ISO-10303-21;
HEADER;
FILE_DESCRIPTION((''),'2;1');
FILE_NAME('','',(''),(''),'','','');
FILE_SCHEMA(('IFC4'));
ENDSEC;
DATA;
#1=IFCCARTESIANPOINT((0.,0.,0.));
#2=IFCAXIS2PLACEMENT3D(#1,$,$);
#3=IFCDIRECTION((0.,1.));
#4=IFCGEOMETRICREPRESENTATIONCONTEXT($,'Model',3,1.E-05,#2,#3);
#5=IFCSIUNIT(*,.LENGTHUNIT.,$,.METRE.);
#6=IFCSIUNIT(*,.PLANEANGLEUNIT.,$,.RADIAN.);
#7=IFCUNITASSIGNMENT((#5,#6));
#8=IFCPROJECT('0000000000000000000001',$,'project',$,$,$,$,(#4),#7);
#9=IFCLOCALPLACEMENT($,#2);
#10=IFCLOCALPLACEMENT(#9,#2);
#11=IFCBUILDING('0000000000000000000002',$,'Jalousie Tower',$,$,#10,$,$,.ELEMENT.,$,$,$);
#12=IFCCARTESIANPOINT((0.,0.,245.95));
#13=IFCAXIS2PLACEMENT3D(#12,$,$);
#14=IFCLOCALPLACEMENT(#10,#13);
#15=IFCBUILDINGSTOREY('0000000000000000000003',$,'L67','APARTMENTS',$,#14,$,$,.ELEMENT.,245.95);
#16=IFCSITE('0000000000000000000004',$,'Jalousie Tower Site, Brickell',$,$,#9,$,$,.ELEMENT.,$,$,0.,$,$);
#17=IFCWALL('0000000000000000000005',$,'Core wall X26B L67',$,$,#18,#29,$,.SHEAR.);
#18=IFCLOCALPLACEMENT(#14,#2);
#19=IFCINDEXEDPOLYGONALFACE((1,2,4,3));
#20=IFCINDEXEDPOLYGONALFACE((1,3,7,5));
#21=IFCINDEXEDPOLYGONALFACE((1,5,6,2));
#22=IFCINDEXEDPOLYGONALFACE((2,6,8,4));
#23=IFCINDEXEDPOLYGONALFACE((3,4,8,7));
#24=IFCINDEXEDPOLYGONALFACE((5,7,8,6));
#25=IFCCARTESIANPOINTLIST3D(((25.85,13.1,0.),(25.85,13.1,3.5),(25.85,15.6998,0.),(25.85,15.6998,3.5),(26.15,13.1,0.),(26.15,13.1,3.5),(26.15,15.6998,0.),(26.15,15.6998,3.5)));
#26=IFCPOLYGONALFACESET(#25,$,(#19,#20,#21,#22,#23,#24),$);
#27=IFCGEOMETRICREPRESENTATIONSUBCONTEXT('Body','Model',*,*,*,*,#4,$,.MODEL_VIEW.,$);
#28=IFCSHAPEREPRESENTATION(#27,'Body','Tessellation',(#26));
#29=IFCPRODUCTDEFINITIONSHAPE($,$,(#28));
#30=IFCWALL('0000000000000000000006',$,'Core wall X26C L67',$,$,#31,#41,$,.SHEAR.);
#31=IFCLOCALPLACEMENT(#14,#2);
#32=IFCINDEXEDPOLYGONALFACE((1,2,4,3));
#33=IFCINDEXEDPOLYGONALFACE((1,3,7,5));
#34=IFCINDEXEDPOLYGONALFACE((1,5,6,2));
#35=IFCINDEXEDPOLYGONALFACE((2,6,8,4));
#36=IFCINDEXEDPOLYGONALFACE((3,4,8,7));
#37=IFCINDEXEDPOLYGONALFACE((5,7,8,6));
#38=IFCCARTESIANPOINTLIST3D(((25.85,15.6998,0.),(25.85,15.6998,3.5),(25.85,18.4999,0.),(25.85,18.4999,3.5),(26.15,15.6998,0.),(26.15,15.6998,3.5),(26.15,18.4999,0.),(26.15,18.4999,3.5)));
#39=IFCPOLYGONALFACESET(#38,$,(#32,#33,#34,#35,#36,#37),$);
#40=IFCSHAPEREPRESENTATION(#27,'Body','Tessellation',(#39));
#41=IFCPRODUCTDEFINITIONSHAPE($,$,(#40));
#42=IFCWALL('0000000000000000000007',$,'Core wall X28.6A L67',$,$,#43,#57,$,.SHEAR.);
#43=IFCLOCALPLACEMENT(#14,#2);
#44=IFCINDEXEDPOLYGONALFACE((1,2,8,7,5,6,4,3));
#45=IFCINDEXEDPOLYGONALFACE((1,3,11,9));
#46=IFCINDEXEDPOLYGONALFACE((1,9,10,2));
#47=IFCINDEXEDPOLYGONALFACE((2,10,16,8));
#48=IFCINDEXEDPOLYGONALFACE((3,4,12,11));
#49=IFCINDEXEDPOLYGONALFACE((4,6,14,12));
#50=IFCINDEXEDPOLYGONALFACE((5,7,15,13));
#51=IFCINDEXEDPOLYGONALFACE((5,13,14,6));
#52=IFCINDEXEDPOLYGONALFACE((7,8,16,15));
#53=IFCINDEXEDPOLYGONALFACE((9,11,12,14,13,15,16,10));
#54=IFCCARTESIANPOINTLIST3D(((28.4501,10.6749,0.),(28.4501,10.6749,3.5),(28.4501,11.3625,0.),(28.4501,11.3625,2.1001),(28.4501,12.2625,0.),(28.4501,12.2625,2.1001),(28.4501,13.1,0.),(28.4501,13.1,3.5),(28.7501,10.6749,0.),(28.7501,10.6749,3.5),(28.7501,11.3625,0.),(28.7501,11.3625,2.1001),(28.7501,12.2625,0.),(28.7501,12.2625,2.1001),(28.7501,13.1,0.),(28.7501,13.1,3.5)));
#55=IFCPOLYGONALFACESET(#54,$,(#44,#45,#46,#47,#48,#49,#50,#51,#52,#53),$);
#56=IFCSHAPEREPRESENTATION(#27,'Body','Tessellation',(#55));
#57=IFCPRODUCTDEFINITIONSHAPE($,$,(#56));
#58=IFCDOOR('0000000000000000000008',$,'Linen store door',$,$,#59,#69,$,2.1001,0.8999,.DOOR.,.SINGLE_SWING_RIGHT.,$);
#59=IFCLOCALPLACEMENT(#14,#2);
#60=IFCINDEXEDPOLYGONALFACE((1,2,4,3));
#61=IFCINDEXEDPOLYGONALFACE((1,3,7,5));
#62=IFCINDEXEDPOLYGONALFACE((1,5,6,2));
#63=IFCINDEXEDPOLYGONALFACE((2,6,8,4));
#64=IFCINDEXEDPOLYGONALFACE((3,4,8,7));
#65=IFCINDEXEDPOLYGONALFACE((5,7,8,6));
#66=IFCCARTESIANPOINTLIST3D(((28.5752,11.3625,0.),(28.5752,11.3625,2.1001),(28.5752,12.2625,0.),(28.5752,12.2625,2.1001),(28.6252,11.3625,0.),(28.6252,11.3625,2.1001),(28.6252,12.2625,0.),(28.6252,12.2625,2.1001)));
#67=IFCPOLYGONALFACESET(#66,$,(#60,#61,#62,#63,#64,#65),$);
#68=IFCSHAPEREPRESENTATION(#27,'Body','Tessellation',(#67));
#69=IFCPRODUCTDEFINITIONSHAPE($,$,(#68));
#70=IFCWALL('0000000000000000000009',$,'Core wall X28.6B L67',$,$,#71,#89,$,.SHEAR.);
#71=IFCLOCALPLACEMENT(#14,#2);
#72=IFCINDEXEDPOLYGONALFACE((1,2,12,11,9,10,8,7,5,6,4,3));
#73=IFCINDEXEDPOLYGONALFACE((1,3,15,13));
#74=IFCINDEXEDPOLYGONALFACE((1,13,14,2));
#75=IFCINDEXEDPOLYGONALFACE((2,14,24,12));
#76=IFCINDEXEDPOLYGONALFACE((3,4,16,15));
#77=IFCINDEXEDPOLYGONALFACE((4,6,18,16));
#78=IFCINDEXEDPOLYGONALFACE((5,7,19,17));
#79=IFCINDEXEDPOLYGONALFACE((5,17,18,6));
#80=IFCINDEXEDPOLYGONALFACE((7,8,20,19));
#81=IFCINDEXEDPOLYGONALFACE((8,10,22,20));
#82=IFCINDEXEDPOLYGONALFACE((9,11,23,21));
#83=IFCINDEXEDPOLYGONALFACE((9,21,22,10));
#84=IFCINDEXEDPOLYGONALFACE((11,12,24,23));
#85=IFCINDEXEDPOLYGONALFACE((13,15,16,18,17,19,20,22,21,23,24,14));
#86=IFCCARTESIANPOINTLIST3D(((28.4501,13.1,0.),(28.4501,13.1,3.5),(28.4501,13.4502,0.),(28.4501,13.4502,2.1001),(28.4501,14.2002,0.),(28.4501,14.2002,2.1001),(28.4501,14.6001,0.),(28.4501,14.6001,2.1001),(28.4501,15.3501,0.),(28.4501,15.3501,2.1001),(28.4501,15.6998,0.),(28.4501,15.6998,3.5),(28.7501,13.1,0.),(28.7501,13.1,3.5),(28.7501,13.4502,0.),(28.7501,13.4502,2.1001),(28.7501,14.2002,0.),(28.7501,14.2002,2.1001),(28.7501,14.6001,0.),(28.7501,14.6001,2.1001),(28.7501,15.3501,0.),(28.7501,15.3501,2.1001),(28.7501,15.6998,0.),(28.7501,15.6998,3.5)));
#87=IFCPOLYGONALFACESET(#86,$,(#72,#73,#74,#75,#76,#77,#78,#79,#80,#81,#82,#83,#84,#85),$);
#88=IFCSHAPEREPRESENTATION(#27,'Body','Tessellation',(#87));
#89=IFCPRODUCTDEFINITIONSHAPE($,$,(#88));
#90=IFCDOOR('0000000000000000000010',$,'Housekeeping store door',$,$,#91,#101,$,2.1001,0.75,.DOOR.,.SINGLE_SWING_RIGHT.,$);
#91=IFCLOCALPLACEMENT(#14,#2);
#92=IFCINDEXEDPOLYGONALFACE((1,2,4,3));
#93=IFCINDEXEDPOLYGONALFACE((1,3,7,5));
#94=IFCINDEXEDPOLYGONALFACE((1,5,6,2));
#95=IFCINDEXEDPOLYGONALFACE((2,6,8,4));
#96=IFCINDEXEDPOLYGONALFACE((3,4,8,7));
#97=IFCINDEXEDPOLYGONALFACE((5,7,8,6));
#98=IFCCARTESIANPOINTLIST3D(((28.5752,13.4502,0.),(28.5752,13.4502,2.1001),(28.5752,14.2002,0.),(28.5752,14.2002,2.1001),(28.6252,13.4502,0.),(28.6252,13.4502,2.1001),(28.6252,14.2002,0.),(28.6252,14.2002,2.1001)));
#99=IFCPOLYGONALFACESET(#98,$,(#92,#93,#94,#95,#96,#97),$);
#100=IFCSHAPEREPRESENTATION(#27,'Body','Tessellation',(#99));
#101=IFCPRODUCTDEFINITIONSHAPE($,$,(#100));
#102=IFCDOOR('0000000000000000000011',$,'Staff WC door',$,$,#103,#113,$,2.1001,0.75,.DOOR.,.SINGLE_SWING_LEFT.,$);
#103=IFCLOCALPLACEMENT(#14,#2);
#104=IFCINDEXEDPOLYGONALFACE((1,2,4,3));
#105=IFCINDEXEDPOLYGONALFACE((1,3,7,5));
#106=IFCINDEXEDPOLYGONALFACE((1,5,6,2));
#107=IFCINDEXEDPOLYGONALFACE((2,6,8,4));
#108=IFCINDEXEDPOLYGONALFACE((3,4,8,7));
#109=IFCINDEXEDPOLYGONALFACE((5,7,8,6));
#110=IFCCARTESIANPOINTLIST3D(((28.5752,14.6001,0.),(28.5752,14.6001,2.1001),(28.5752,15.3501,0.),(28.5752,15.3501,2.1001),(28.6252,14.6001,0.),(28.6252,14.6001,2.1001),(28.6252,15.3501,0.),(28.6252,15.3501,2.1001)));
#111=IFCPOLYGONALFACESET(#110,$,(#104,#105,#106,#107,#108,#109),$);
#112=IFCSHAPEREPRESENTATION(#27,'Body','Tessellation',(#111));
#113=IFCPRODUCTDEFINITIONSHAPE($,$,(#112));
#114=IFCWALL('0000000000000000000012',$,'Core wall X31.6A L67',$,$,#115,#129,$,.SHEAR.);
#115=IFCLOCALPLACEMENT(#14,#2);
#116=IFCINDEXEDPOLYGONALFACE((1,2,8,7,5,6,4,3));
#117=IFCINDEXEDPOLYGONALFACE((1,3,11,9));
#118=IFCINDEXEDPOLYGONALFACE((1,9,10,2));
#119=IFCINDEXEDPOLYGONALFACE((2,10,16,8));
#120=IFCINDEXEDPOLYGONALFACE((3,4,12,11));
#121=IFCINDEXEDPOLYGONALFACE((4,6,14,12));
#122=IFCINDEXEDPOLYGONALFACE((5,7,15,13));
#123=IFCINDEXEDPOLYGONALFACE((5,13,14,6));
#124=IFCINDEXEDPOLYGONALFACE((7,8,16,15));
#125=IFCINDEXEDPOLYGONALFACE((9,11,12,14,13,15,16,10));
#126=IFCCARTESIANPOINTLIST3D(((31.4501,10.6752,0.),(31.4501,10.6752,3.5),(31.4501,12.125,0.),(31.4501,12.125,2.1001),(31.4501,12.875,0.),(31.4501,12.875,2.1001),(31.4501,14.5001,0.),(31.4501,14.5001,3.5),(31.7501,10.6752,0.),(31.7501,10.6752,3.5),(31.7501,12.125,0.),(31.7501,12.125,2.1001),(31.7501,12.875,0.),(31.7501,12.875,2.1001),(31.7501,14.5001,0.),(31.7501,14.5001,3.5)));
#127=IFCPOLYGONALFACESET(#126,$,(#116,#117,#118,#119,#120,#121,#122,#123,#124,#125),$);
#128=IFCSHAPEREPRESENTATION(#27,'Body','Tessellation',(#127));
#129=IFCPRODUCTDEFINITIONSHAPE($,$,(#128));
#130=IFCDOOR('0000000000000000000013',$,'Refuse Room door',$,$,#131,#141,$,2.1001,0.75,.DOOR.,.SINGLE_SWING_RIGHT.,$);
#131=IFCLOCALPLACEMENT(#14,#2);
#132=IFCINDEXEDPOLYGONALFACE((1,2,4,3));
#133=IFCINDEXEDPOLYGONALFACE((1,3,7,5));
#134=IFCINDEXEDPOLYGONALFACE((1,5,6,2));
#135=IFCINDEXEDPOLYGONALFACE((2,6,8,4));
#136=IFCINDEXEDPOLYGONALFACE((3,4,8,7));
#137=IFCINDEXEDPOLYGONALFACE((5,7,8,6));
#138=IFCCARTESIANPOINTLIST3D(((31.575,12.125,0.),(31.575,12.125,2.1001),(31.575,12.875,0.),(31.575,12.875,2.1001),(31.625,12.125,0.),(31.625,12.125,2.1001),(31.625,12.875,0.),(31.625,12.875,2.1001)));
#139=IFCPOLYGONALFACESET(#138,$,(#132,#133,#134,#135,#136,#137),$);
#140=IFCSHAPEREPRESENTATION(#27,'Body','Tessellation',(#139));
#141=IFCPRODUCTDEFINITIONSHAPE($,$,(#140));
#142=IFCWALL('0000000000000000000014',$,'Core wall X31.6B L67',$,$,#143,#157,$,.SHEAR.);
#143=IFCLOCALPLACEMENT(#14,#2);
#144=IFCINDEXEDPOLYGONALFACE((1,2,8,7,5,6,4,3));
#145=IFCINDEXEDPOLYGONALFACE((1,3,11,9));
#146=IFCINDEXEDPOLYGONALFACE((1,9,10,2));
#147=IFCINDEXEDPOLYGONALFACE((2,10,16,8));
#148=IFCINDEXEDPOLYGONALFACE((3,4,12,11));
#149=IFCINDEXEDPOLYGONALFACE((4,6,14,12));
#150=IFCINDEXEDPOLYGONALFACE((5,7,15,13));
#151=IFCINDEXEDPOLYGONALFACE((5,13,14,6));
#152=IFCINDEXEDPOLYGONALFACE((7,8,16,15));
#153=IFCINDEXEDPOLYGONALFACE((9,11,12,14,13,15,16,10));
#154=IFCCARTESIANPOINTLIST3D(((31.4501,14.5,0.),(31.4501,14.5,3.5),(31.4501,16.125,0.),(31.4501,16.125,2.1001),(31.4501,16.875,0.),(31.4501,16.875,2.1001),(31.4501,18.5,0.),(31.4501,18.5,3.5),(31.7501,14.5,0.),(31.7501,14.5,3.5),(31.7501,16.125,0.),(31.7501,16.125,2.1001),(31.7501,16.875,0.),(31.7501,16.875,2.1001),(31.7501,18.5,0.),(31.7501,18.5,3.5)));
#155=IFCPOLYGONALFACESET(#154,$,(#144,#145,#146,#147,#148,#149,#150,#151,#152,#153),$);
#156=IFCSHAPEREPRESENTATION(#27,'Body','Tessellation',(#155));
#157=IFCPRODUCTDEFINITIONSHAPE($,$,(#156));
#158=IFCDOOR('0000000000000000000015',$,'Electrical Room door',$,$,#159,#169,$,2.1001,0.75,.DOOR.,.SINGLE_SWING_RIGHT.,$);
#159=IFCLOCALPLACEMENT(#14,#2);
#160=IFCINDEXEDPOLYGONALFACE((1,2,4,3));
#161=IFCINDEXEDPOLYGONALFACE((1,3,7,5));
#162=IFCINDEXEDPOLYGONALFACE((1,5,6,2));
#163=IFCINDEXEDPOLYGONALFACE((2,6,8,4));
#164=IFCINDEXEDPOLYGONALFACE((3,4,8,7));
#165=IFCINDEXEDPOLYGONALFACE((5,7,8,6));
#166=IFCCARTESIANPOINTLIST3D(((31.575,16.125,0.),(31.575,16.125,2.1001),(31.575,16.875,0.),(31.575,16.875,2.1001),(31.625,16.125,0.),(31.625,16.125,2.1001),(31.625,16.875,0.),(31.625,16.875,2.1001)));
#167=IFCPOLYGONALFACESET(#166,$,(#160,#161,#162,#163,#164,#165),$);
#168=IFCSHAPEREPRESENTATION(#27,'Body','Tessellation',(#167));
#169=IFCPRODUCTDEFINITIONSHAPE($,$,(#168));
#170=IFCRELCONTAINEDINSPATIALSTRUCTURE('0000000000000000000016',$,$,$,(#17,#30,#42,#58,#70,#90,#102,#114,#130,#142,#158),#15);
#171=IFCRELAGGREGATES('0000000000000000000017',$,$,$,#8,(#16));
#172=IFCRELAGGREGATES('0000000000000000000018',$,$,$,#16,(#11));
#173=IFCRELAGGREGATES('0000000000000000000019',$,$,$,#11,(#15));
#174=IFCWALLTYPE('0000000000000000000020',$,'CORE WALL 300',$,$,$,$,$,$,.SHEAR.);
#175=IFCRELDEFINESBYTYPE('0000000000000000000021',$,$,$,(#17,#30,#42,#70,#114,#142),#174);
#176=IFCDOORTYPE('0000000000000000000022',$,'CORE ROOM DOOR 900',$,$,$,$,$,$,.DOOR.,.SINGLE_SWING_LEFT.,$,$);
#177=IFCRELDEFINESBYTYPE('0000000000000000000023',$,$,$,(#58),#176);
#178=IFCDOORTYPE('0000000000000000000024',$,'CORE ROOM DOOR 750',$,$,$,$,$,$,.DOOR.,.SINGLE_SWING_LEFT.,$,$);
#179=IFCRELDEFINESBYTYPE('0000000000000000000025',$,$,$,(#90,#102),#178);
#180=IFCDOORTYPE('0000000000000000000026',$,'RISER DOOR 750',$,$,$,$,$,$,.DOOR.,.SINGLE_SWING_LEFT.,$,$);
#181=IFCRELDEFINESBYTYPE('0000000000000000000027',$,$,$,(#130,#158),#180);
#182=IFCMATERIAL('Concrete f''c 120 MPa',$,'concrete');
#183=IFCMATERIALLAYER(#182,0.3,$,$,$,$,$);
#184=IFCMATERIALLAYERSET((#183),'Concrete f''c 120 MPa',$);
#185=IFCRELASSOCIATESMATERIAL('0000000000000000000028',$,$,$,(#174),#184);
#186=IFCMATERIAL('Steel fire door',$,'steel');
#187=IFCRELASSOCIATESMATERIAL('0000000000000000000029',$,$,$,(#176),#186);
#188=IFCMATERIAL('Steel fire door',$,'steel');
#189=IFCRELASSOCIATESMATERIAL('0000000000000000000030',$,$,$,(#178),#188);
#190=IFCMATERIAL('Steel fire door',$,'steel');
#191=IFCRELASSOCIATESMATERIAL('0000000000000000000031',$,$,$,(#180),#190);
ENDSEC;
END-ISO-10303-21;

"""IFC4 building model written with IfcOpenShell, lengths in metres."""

from ifc_helpers import new_model, si_unit, direction, frame, frame_2d, origin, place, context, subcontext, project, spatial, rectangle, extrude, material, layer, layer_set, type_object, element, fill, save


model = new_model("IFC4")

# Units and contexts
model_context = context("Model", 3, precision=1e-05, world=origin(), true_north=direction((0.0, 1.0)))
body_context = subcontext(model_context, "Body", "Model", "MODEL_VIEW")
ifc_project = project(units=[si_unit("LENGTHUNIT", "METRE"), si_unit("PLANEANGLEUNIT", "RADIAN")], contexts=[model_context])

# Site, building, storey
site_placement = place(None, origin())
site = spatial("IfcSite", under=ifc_project, at=site_placement, Name="Jalousie Tower Site, Brickell", CompositionType="ELEMENT", RefElevation=0.0)
building_placement = place(site_placement, origin())
building = spatial("IfcBuilding", under=site, at=building_placement, Name="Jalousie Tower", CompositionType="ELEMENT")
storey_placement = place(building_placement, frame((0.0, 0.0, 245.95)))
storey = spatial("IfcBuildingStorey", under=building, at=storey_placement, Name="L67", Description="APARTMENTS", CompositionType="ELEMENT", Elevation=245.95)

# Walls
ifc_material_1 = material(Name="Concrete f'c 120 MPa", Category="concrete")
ifc_layer = layer(ifc_material_1, 0.3)
ifc_layer_set = layer_set([ifc_layer], Name="Concrete f'c 120 MPa")
wall_type_1 = type_object("IfcWallType", Name="CORE WALL 300", PredefinedType="SHEAR", material=ifc_layer_set)
wall_1_placement = place(storey_placement, frame((26.0, 13.1001, 0.0), z_axis=(0.0, 0.0, 1.0), x_axis=(0.0, 1.0, 0.0)))
element("IfcWall", 1, at=wall_1_placement, inside=storey, type_object=wall_type_1, Name="Core wall X26B L67", PredefinedType="SHEAR", context=body_context, shape_type="SweptSolid", body=[
    extrude(rectangle(XDim=2.5999, YDim=0.3, at=frame_2d((1.2998, 0.0))), origin(), (0.0, 0.0, 1.0), 3.5),
])
wall_2_placement = place(storey_placement, frame((26.0, 15.7, 0.0), z_axis=(0.0, 0.0, 1.0), x_axis=(0.0, 1.0, 0.0)))
element("IfcWall", 2, at=wall_2_placement, inside=storey, type_object=wall_type_1, Name="Core wall X26C L67", PredefinedType="SHEAR", context=body_context, shape_type="SweptSolid", body=[
    extrude(rectangle(XDim=2.8, YDim=0.3, at=frame_2d((1.3999, 0.0))), origin(), (0.0, 0.0, 1.0), 3.5),
])

# Wall, opening, door
wall_3_placement = place(storey_placement, frame((28.6001, 10.675, 0.0), z_axis=(0.0, 0.0, 1.0), x_axis=(0.0, 1.0, 0.0)))
wall_3 = element("IfcWall", 3, at=wall_3_placement, inside=storey, type_object=wall_type_1, Name="Core wall X28.6A L67", PredefinedType="SHEAR", context=body_context, shape_type="SweptSolid", body=[
    extrude(rectangle(XDim=2.425, YDim=0.3, at=frame_2d((1.2124, 0.0))), origin(), (0.0, 0.0, 1.0), 3.5),
])
opening_1_placement = place(wall_3_placement, frame((0.6875, 0.0, 0.0)))
opening_1 = element("IfcOpeningElement", 4, at=opening_1_placement, cuts=wall_3, PredefinedType="OPENING", context=body_context, shape_type="SweptSolid", body=[
    extrude(rectangle(XDim=0.8999, YDim=2.1001, at=frame_2d((0.45, 1.05))), frame((0.0, 0.1599, 0.0), z_axis=(0.0, -1.0, 0.0), x_axis=(1.0, 0.0, 0.0)), (0.0, 0.0, 1.0), 0.3201),
])
ifc_material_2 = material(Name="Steel fire door", Category="steel")
door_type_1 = type_object("IfcDoorType", Name="CORE ROOM DOOR 900", OperationType="SINGLE_SWING_LEFT", PredefinedType="DOOR", material=ifc_material_2)
door_1_placement = place(opening_1_placement, origin())
door_1 = element("IfcDoor", 5, at=door_1_placement, inside=storey, type_object=door_type_1, Name="Linen store door", OperationType="SINGLE_SWING_RIGHT", OverallHeight=2.1001, OverallWidth=0.8999, PredefinedType="DOOR", context=body_context, shape_type="SweptSolid", body=[
    extrude(rectangle(XDim=0.8999, YDim=2.1001, at=frame_2d((0.45, 1.05))), frame((0.0, 0.0249, 0.0), z_axis=(0.0, -1.0, 0.0), x_axis=(1.0, 0.0, 0.0)), (0.0, 0.0, 1.0), 0.05),
])
fill(opening_1, door_1)

# Wall, openings, doors
wall_4_placement = place(storey_placement, frame((28.6001, 13.1001, 0.0), z_axis=(0.0, 0.0, 1.0), x_axis=(0.0, 1.0, 0.0)))
wall_4 = element("IfcWall", 6, at=wall_4_placement, inside=storey, type_object=wall_type_1, Name="Core wall X28.6B L67", PredefinedType="SHEAR", context=body_context, shape_type="SweptSolid", body=[
    extrude(rectangle(XDim=2.5999, YDim=0.3, at=frame_2d((1.2998, 0.0))), origin(), (0.0, 0.0, 1.0), 3.5),
])
opening_2_placement = place(wall_4_placement, frame((0.3501, 0.0, 0.0)))
opening_2 = element("IfcOpeningElement", 7, at=opening_2_placement, cuts=wall_4, PredefinedType="OPENING", context=body_context, shape_type="SweptSolid", body=[
    extrude(rectangle(XDim=0.75, YDim=2.1001, at=frame_2d((0.375, 1.05))), frame((0.0, 0.1599, 0.0), z_axis=(0.0, -1.0, 0.0), x_axis=(1.0, 0.0, 0.0)), (0.0, 0.0, 1.0), 0.3201),
])
opening_3_placement = place(wall_4_placement, frame((1.5, 0.0, 0.0)))
opening_3 = element("IfcOpeningElement", 8, at=opening_3_placement, cuts=wall_4, PredefinedType="OPENING", context=body_context, shape_type="SweptSolid", body=[
    extrude(rectangle(XDim=0.75, YDim=2.1001, at=frame_2d((0.375, 1.05))), frame((0.0, 0.1599, 0.0), z_axis=(0.0, -1.0, 0.0), x_axis=(1.0, 0.0, 0.0)), (0.0, 0.0, 1.0), 0.3201),
])
ifc_material_3 = material(Name="Steel fire door", Category="steel")
door_type_2 = type_object("IfcDoorType", Name="CORE ROOM DOOR 750", OperationType="SINGLE_SWING_LEFT", PredefinedType="DOOR", material=ifc_material_3)
door_2_placement = place(opening_2_placement, origin())
door_2 = element("IfcDoor", 9, at=door_2_placement, inside=storey, type_object=door_type_2, Name="Housekeeping store door", OperationType="SINGLE_SWING_RIGHT", OverallHeight=2.1001, OverallWidth=0.75, PredefinedType="DOOR", context=body_context, shape_type="SweptSolid", body=[
    extrude(rectangle(XDim=0.75, YDim=2.1001, at=frame_2d((0.375, 1.05))), frame((0.0, 0.0249, 0.0), z_axis=(0.0, -1.0, 0.0), x_axis=(1.0, 0.0, 0.0)), (0.0, 0.0, 1.0), 0.05),
])
fill(opening_2, door_2)
door_3_placement = place(opening_3_placement, origin())
door_3 = element("IfcDoor", 10, at=door_3_placement, inside=storey, type_object=door_type_2, Name="Staff WC door", OperationType="SINGLE_SWING_LEFT", OverallHeight=2.1001, OverallWidth=0.75, PredefinedType="DOOR", context=body_context, shape_type="SweptSolid", body=[
    extrude(rectangle(XDim=0.75, YDim=2.1001, at=frame_2d((0.375, 1.05))), frame((0.0, 0.0249, 0.0), z_axis=(0.0, -1.0, 0.0), x_axis=(1.0, 0.0, 0.0)), (0.0, 0.0, 1.0), 0.05),
])
fill(opening_3, door_3)

# Walls, openings, doors
wall_5_placement = place(storey_placement, frame((31.6001, 10.675, 0.0), z_axis=(0.0, 0.0, 1.0), x_axis=(0.0, 1.0, 0.0)))
wall_5 = element("IfcWall", 11, at=wall_5_placement, inside=storey, type_object=wall_type_1, Name="Core wall X31.6A L67", PredefinedType="SHEAR", context=body_context, shape_type="SweptSolid", body=[
    extrude(rectangle(XDim=3.825, YDim=0.3, at=frame_2d((1.9126, 0.0))), origin(), (0.0, 0.0, 1.0), 3.5),
])
opening_4_placement = place(wall_5_placement, frame((1.45, 0.0, 0.0)))
opening_4 = element("IfcOpeningElement", 12, at=opening_4_placement, cuts=wall_5, PredefinedType="OPENING", context=body_context, shape_type="SweptSolid", body=[
    extrude(rectangle(XDim=0.75, YDim=2.1001, at=frame_2d((0.375, 1.05))), frame((0.0, 0.1599, 0.0), z_axis=(0.0, -1.0, 0.0), x_axis=(1.0, 0.0, 0.0)), (0.0, 0.0, 1.0), 0.3201),
])
ifc_material_4 = material(Name="Steel fire door", Category="steel")
door_type_3 = type_object("IfcDoorType", Name="RISER DOOR 750", OperationType="SINGLE_SWING_LEFT", PredefinedType="DOOR", material=ifc_material_4)
door_4_placement = place(opening_4_placement, frame((0.75, 0.0, 0.0), z_axis=(0.0, 0.0, 1.0), x_axis=(-1.0, 0.0, 0.0)))
door_4 = element("IfcDoor", 13, at=door_4_placement, inside=storey, type_object=door_type_3, Name="Refuse Room door", OperationType="SINGLE_SWING_RIGHT", OverallHeight=2.1001, OverallWidth=0.75, PredefinedType="DOOR", context=body_context, shape_type="SweptSolid", body=[
    extrude(rectangle(XDim=0.75, YDim=2.1001, at=frame_2d((0.375, 1.05))), frame((0.0, 0.0249, 0.0), z_axis=(0.0, -1.0, 0.0), x_axis=(1.0, 0.0, 0.0)), (0.0, 0.0, 1.0), 0.05),
])
fill(opening_4, door_4)
wall_6_placement = place(storey_placement, frame((31.6001, 14.5, 0.0), z_axis=(0.0, 0.0, 1.0), x_axis=(0.0, 1.0, 0.0)))
wall_6 = element("IfcWall", 14, at=wall_6_placement, inside=storey, type_object=wall_type_1, Name="Core wall X31.6B L67", PredefinedType="SHEAR", context=body_context, shape_type="SweptSolid", body=[
    extrude(rectangle(XDim=4.0, YDim=0.3, at=frame_2d((2.0, 0.0))), origin(), (0.0, 0.0, 1.0), 3.5),
])
opening_5_placement = place(wall_6_placement, frame((1.625, 0.0, 0.0)))
opening_5 = element("IfcOpeningElement", 15, at=opening_5_placement, cuts=wall_6, PredefinedType="OPENING", context=body_context, shape_type="SweptSolid", body=[
    extrude(rectangle(XDim=0.75, YDim=2.1001, at=frame_2d((0.375, 1.05))), frame((0.0, 0.1599, 0.0), z_axis=(0.0, -1.0, 0.0), x_axis=(1.0, 0.0, 0.0)), (0.0, 0.0, 1.0), 0.3201),
])
door_5_placement = place(opening_5_placement, frame((0.75, 0.0, 0.0), z_axis=(0.0, 0.0, 1.0), x_axis=(-1.0, 0.0, 0.0)))
door_5 = element("IfcDoor", 16, at=door_5_placement, inside=storey, type_object=door_type_3, Name="Electrical Room door", OperationType="SINGLE_SWING_RIGHT", OverallHeight=2.1001, OverallWidth=0.75, PredefinedType="DOOR", context=body_context, shape_type="SweptSolid", body=[
    extrude(rectangle(XDim=0.75, YDim=2.1001, at=frame_2d((0.375, 1.05))), frame((0.0, 0.0249, 0.0), z_axis=(0.0, -1.0, 0.0), x_axis=(1.0, 0.0, 0.0)), (0.0, 0.0, 1.0), 0.05),
])
fill(opening_5, door_5)

save(model, "model.ifc")
